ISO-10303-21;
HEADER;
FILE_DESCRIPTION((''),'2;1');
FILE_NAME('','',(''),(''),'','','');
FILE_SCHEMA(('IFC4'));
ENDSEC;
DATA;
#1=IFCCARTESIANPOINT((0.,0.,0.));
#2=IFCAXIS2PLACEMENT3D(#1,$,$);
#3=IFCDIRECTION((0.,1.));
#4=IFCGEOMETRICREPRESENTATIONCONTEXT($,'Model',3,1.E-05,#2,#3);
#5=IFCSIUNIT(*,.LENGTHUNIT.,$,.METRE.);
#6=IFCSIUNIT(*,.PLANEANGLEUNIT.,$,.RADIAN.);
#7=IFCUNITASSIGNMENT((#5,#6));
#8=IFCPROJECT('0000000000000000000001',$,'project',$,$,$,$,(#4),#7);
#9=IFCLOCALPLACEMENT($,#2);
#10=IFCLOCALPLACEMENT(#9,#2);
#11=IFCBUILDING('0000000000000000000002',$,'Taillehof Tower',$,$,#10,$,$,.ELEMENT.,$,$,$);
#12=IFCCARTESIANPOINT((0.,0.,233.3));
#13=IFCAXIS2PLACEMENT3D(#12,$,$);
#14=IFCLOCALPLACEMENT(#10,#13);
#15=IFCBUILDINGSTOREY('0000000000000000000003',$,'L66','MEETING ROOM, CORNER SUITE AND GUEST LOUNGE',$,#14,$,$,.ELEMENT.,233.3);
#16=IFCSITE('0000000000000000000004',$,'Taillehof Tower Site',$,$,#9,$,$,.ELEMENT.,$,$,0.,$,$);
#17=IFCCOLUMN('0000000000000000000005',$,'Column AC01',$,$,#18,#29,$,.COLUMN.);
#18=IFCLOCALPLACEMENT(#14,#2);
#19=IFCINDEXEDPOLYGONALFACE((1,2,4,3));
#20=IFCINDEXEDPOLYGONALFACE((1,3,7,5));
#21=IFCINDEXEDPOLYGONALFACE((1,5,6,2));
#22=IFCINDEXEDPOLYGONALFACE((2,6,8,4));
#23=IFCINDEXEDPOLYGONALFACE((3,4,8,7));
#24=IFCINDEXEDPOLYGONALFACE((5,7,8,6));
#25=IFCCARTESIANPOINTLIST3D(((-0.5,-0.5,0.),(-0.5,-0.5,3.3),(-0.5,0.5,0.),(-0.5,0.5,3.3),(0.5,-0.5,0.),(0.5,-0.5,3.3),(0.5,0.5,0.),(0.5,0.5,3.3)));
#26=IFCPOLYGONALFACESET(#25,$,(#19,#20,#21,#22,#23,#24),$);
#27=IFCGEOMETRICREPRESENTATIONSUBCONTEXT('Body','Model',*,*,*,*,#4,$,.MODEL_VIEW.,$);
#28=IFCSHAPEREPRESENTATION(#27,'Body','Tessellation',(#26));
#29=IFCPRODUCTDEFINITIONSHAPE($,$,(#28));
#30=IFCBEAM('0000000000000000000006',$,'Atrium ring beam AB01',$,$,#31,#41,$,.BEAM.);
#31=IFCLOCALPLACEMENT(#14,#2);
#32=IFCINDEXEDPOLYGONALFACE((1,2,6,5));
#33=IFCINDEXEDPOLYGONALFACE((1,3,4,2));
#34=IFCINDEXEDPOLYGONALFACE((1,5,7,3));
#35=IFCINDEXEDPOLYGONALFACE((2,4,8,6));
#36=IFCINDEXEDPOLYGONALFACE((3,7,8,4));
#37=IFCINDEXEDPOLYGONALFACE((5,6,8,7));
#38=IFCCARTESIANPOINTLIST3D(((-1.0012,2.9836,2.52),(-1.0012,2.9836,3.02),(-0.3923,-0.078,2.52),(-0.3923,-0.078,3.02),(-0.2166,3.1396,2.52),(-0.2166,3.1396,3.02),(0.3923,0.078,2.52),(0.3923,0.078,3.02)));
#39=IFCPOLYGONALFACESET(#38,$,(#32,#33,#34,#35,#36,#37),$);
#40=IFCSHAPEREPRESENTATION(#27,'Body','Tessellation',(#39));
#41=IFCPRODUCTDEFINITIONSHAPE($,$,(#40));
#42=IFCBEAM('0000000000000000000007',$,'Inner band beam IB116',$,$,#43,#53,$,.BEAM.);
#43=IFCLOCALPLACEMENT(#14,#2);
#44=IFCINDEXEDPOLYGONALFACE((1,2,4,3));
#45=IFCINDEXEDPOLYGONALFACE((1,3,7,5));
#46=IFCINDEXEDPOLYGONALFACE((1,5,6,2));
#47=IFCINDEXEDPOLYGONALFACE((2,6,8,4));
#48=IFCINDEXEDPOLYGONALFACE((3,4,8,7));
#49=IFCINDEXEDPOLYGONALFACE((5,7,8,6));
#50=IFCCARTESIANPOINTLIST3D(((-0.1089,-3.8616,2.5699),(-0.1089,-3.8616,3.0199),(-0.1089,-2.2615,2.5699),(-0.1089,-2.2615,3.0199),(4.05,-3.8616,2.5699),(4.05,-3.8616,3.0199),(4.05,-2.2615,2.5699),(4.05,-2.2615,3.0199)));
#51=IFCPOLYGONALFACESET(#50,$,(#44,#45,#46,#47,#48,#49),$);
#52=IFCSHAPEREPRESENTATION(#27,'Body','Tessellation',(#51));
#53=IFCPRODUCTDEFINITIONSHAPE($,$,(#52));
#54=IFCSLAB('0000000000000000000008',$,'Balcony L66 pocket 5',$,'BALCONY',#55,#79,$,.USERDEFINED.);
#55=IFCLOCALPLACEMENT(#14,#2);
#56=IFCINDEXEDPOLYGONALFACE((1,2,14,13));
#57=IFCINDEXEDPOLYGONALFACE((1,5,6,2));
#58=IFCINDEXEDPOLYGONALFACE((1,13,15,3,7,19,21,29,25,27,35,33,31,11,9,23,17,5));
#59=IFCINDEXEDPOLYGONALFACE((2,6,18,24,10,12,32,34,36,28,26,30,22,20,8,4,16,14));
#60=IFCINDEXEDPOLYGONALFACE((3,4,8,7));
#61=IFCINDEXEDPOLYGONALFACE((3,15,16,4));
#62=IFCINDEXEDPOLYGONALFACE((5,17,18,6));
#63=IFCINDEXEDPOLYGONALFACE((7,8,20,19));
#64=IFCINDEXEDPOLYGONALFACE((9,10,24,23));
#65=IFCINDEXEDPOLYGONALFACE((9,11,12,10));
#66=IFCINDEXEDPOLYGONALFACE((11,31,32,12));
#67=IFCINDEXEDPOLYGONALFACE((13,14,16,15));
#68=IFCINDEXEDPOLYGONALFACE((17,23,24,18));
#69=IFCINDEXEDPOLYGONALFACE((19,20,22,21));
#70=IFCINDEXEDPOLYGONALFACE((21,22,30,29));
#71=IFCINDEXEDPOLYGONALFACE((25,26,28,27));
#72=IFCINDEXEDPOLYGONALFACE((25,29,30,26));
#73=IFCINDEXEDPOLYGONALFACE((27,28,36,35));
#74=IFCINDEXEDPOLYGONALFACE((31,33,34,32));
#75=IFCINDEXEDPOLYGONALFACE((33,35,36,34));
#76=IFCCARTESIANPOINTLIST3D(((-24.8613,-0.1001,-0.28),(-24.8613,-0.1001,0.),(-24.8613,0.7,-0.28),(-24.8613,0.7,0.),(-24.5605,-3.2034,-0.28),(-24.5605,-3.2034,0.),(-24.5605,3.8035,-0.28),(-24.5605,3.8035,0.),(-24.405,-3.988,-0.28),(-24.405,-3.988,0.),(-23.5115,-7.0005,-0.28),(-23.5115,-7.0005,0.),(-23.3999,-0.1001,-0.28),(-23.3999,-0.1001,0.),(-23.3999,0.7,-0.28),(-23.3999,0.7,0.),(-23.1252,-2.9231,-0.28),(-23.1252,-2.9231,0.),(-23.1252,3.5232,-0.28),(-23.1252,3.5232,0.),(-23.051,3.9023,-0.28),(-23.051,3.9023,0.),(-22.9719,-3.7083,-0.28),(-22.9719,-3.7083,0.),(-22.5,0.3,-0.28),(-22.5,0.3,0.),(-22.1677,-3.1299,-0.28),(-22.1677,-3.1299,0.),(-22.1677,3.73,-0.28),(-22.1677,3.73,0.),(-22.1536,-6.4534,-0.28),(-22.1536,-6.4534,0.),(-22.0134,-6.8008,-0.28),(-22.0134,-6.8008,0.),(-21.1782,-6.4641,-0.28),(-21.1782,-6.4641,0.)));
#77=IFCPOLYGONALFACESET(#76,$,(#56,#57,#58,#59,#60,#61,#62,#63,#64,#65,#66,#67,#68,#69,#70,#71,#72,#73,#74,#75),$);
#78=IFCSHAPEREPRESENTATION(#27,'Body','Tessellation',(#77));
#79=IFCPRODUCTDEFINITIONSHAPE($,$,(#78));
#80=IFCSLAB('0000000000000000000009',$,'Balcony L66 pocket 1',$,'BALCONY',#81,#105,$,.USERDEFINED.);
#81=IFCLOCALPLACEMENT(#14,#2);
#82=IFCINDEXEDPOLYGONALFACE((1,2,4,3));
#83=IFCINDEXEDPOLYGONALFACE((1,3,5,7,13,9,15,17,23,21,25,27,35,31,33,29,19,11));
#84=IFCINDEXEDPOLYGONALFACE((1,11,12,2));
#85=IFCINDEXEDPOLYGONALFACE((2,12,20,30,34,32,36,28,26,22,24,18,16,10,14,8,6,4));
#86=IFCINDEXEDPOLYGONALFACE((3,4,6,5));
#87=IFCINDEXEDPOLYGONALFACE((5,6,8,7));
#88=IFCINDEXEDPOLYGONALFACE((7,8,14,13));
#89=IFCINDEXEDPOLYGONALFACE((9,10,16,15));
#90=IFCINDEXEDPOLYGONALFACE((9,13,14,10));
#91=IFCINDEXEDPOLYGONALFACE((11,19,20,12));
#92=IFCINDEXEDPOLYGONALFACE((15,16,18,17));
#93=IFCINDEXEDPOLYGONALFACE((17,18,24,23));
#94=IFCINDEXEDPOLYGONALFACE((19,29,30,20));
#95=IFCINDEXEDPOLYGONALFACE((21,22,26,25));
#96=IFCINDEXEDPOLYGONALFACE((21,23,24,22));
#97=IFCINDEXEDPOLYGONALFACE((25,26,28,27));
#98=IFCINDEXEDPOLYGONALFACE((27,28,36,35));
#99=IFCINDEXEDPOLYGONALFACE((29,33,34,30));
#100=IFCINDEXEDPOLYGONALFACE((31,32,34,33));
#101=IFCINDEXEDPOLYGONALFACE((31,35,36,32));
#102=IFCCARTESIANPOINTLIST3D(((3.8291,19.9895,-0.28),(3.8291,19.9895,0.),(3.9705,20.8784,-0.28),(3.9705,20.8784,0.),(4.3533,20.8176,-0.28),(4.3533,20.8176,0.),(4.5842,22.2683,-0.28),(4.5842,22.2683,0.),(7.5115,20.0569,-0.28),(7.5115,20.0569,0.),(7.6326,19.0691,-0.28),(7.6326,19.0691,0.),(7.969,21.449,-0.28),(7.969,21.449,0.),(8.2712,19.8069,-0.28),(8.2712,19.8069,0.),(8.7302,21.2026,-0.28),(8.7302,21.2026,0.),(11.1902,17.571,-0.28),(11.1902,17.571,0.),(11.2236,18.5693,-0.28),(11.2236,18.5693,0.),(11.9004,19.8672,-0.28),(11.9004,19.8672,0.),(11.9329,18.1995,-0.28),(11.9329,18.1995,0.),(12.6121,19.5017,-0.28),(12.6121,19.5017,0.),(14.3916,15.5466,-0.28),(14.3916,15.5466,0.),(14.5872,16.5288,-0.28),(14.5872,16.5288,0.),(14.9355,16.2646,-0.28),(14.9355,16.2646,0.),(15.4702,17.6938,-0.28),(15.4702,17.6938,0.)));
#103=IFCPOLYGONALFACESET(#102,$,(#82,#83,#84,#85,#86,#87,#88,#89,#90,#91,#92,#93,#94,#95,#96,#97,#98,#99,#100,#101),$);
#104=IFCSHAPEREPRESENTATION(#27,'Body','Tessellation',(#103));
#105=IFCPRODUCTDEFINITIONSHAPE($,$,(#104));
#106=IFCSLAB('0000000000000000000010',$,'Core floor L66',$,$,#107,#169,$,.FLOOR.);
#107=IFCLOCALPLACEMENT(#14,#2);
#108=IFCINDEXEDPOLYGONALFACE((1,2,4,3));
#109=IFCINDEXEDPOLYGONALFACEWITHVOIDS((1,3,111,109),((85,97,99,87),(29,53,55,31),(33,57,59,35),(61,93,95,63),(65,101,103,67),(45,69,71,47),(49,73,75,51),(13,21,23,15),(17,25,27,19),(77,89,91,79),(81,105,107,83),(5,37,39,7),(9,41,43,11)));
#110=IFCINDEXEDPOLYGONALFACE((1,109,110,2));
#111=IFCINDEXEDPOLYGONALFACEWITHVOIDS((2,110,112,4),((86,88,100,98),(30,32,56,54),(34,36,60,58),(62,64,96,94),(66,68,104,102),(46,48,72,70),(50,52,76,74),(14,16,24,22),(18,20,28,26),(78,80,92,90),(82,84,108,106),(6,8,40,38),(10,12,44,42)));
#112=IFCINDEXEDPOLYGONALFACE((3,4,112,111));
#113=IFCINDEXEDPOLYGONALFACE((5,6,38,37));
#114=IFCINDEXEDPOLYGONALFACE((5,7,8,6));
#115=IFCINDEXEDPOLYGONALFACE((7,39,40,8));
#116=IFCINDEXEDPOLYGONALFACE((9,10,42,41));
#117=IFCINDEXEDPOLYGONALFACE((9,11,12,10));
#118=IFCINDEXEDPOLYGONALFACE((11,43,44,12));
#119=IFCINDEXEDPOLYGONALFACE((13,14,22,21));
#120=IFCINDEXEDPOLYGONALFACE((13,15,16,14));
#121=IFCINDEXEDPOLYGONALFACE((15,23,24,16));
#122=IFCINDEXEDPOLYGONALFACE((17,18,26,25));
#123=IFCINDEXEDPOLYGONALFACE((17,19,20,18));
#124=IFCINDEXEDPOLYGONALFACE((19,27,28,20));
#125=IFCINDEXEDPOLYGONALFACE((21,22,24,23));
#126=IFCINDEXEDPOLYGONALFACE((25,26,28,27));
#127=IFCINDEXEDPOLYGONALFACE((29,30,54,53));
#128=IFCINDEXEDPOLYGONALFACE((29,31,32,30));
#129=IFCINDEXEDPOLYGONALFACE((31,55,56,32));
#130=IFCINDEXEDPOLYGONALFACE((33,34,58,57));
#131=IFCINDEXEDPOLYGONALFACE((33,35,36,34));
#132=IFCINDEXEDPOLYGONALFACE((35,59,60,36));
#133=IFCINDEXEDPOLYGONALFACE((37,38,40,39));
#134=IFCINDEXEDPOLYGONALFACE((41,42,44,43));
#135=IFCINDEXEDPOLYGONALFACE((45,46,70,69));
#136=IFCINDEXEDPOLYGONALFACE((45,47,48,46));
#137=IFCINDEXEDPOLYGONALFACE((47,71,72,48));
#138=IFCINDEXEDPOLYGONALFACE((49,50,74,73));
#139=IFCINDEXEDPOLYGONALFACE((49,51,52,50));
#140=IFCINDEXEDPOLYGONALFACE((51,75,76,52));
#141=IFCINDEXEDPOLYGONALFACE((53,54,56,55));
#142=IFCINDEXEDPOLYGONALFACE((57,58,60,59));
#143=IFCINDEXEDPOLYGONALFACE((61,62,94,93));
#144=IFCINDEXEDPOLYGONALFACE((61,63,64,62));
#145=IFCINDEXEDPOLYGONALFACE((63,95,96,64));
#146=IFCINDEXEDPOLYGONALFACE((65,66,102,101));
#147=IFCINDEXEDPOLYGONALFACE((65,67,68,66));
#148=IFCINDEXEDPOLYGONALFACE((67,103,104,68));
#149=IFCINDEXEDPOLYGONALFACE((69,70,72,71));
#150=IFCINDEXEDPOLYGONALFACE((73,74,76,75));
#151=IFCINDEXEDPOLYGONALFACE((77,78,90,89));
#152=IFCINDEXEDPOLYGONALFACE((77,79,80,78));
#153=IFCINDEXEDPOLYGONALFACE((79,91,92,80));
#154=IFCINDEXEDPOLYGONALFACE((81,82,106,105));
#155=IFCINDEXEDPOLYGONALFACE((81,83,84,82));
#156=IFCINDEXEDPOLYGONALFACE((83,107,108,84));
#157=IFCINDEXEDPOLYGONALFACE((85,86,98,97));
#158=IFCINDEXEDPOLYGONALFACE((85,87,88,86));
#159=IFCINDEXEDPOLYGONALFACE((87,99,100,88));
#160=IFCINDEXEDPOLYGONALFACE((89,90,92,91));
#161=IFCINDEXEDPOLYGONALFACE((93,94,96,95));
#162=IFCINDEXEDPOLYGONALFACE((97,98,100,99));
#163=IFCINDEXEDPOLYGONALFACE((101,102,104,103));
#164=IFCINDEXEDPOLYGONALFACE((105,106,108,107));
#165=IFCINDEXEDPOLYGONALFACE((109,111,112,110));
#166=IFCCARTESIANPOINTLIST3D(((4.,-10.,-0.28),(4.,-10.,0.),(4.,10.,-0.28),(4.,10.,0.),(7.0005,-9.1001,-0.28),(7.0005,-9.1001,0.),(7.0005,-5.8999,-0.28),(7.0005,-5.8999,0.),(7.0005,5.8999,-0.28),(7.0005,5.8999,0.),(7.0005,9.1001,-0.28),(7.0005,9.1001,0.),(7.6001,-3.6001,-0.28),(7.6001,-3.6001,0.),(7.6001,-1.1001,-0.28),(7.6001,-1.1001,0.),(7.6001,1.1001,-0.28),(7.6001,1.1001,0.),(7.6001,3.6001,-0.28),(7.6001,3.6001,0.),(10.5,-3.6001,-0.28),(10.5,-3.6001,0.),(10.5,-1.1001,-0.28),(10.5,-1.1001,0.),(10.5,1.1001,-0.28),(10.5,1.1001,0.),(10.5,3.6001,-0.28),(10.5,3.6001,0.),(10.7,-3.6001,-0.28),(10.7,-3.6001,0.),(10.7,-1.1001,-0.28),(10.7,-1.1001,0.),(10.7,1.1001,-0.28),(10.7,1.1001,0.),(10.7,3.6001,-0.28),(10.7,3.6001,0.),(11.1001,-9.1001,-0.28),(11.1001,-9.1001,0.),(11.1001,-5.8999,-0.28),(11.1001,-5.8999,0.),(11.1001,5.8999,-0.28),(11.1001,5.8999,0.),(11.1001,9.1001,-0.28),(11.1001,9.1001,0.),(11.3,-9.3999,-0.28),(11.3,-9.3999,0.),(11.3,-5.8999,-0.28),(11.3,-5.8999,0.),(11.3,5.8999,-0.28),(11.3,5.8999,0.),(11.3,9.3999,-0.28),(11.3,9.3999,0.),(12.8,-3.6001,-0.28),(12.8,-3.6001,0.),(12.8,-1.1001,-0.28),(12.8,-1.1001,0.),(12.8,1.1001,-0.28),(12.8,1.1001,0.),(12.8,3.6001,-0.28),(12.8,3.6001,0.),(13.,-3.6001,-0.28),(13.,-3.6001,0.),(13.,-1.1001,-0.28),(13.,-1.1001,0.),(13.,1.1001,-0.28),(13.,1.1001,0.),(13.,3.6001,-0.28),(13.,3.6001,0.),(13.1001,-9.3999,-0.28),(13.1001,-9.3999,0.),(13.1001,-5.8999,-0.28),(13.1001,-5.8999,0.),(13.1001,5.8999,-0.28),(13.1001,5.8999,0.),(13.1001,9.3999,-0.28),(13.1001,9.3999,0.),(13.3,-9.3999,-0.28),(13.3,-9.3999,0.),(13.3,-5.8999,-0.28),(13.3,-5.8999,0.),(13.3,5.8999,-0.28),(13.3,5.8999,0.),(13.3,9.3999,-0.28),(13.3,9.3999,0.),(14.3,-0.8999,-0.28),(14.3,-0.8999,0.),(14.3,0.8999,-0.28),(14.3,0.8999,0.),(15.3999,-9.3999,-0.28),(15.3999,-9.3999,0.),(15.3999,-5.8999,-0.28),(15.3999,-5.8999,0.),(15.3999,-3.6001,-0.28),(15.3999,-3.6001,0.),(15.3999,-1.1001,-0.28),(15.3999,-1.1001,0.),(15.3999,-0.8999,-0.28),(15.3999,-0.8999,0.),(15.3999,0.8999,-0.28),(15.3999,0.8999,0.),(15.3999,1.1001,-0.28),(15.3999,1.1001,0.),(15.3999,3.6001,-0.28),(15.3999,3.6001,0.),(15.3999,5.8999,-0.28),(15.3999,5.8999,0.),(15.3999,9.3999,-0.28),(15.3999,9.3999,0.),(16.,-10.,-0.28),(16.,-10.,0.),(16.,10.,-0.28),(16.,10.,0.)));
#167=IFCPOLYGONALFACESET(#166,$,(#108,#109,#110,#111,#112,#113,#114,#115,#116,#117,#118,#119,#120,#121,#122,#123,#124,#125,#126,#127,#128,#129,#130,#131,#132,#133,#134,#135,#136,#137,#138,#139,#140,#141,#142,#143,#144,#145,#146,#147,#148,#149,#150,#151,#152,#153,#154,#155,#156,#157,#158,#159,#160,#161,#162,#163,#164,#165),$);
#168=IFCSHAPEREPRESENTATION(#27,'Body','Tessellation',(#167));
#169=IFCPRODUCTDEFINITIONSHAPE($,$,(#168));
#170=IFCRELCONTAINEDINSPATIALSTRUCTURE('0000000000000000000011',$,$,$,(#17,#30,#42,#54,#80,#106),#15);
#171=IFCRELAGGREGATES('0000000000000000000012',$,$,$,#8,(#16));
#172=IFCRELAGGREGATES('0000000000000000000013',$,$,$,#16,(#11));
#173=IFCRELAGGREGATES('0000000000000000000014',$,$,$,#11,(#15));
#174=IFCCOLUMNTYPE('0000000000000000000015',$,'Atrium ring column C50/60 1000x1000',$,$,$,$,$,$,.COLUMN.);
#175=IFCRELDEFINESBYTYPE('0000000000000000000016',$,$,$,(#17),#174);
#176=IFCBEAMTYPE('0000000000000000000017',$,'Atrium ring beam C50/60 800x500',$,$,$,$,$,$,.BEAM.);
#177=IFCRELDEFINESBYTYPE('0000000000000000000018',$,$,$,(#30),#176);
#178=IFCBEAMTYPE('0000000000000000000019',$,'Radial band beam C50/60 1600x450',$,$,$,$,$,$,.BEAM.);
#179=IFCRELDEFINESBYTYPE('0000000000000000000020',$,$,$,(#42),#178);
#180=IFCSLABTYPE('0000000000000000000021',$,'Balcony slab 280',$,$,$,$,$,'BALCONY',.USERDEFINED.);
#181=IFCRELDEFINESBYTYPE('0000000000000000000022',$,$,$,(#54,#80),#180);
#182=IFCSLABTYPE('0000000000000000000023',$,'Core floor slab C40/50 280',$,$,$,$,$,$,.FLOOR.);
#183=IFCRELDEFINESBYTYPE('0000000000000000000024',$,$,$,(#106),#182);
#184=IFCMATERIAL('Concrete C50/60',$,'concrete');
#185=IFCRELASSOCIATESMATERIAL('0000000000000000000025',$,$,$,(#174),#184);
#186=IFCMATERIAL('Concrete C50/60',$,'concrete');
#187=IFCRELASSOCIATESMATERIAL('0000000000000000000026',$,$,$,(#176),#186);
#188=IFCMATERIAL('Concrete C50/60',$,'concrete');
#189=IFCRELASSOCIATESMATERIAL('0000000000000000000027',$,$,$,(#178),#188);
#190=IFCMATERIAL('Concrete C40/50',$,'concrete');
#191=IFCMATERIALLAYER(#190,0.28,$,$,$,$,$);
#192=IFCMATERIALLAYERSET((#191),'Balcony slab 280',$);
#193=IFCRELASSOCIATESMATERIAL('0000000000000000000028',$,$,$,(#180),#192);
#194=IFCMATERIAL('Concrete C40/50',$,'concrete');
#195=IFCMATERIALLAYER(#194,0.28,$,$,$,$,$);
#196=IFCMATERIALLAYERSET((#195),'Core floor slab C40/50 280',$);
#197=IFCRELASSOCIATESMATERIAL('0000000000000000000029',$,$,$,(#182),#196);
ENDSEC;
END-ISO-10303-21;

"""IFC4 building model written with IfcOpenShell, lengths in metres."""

from ifc_helpers import new_model, si_unit, direction, frame, origin, origin_with_axes, origin_2d, place, context, subcontext, project, spatial, polyline, rectangle, outline, extrude, material, layer, layer_set, material_profile, profile_set, type_object, element, save


model = new_model("IFC4")

# Units and contexts
model_context = context("Model", 3, precision=1e-05, world=origin(), true_north=direction((0.0, 1.0)))
body_context = subcontext(model_context, "Body", "Model", "MODEL_VIEW")
ifc_project = project(units=[si_unit("LENGTHUNIT", "METRE"), si_unit("PLANEANGLEUNIT", "RADIAN")], contexts=[model_context])

# Site, building, storey
site_placement = place(None, origin())
site = spatial("IfcSite", under=ifc_project, at=site_placement, Name="Taillehof Tower Site", CompositionType="ELEMENT", RefElevation=0.0)
building_placement = place(site_placement, origin())
building = spatial("IfcBuilding", under=site, at=building_placement, Name="Taillehof Tower", CompositionType="ELEMENT")
storey_placement = place(building_placement, frame((0.0, 0.0, 233.3)))
storey = spatial("IfcBuildingStorey", under=building, at=storey_placement, Name="L66", Description="MEETING ROOM, CORNER SUITE AND GUEST LOUNGE", CompositionType="ELEMENT", Elevation=233.3)

# Column
ifc_material_1 = material(Name="Concrete C50/60", Category="concrete")
ifc_material_profile_1 = material_profile(ifc_material_1, rectangle(XDim=1.0, YDim=1.0, at=origin_2d()), Name="RC 1000x1000")
ifc_profile_set_1 = profile_set([ifc_material_profile_1], Name="Concrete C50/60")
column_type = type_object("IfcColumnType", Name="Atrium ring column C50/60 1000x1000", PredefinedType="COLUMN", material=ifc_profile_set_1)
column_placement = place(storey_placement, origin_with_axes())
element("IfcColumn", 1, at=column_placement, inside=storey, type_object=column_type, Name="Column AC01", PredefinedType="COLUMN", context=body_context, shape_type="SweptSolid", body=[
    extrude(rectangle(XDim=1.0, YDim=1.0, at=origin_2d()), origin(), (0.0, 0.0, 1.0), 3.3),
])

# Beams
ifc_material_2 = material(Name="Concrete C50/60", Category="concrete")
ifc_material_profile_2 = material_profile(ifc_material_2, rectangle(XDim=0.8, YDim=0.5, at=origin_2d()), Name="RC 800x500")
ifc_profile_set_2 = profile_set([ifc_material_profile_2], Name="Concrete C50/60")
beam_type_1 = type_object("IfcBeamType", Name="Atrium ring beam C50/60 800x500", PredefinedType="BEAM", material=ifc_profile_set_2)
beam_1_placement = place(storey_placement, frame((0.0, 0.0, 2.77), z_axis=(-0.195063, 0.980791, 0.0), x_axis=(-0.980791, -0.195063, 0.0)))
element("IfcBeam", 2, at=beam_1_placement, inside=storey, type_object=beam_type_1, Name="Atrium ring beam AB01", PredefinedType="BEAM", context=body_context, shape_type="SweptSolid", body=[
    extrude(rectangle(XDim=0.8, YDim=0.5, at=origin_2d()), origin(), (0.0, 0.0, 1.0), 3.1216),
])
ifc_material_3 = material(Name="Concrete C50/60", Category="concrete")
ifc_material_profile_3 = material_profile(ifc_material_3, rectangle(XDim=1.6001, YDim=0.45, at=origin_2d()), Name="RC 1600x450")
ifc_profile_set_3 = profile_set([ifc_material_profile_3], Name="Concrete C50/60")
beam_type_2 = type_object("IfcBeamType", Name="Radial band beam C50/60 1600x450", PredefinedType="BEAM", material=ifc_profile_set_3)
beam_2_placement = place(storey_placement, frame((-0.1089, -3.0615, 2.7949), z_axis=(1.0, 0.0, 0.0), x_axis=(0.0, 1.0, 0.0)))
element("IfcBeam", 3, at=beam_2_placement, inside=storey, type_object=beam_type_2, Name="Inner band beam IB116", PredefinedType="BEAM", context=body_context, shape_type="SweptSolid", body=[
    extrude(rectangle(XDim=1.6001, YDim=0.45, at=origin_2d()), origin(), (0.0, 0.0, 1.0), 4.1589),
])

# Slabs
ifc_material_4 = material(Name="Concrete C40/50", Category="concrete")
ifc_layer_1 = layer(ifc_material_4, 0.28)
ifc_layer_set_1 = layer_set([ifc_layer_1], Name="Balcony slab 280")
slab_type_1 = type_object("IfcSlabType", Name="Balcony slab 280", ElementType="BALCONY", PredefinedType="USERDEFINED", material=ifc_layer_set_1)
slab_1_placement = place(storey_placement, frame((0.0, 0.0, -0.28)))
element("IfcSlab", 4, at=slab_1_placement, inside=storey, type_object=slab_type_1, Name="Balcony L66 pocket 5", ObjectType="BALCONY", PredefinedType="USERDEFINED", context=body_context, shape_type="SweptSolid", body=[
    extrude(outline(polyline([(-21.1782, -6.4641), (-22.0134, -6.8008), (-22.1536, -6.4534), (-23.5115, -7.0005), (-24.405, -3.988), (-22.9719, -3.7083), (-23.1252, -2.9231), (-24.5605, -3.2034), (-24.8613, -0.1001), (-23.3999, -0.1001), (-23.3999, 0.7), (-24.8613, 0.7), (-24.5605, 3.8035), (-23.1252, 3.5232), (-23.051, 3.9023), (-22.1677, 3.73), (-22.5, 0.3), (-22.1677, -3.1299), (-21.1782, -6.4641)])), origin(), (0.0, 0.0, 1.0), 0.28),
])
slab_2_placement = place(storey_placement, frame((0.0, 0.0, -0.28)))
element("IfcSlab", 5, at=slab_2_placement, inside=storey, type_object=slab_type_1, Name="Balcony L66 pocket 1", ObjectType="BALCONY", PredefinedType="USERDEFINED", context=body_context, shape_type="SweptSolid", body=[
    extrude(outline(polyline([(3.8291, 19.9895), (3.9705, 20.8784), (4.3533, 20.8176), (4.5842, 22.2683), (7.969, 21.449), (7.5115, 20.0569), (8.2712, 19.8069), (8.7302, 21.2026), (11.9004, 19.8672), (11.2236, 18.5693), (11.9329, 18.1995), (12.6121, 19.5017), (15.4702, 17.6938), (14.5872, 16.5288), (14.9355, 16.2646), (14.3916, 15.5466), (11.1902, 17.571), (7.6326, 19.0691), (3.8291, 19.9895)])), origin(), (0.0, 0.0, 1.0), 0.28),
])
ifc_material_5 = material(Name="Concrete C40/50", Category="concrete")
ifc_layer_2 = layer(ifc_material_5, 0.28)
ifc_layer_set_2 = layer_set([ifc_layer_2], Name="Core floor slab C40/50 280")
slab_type_2 = type_object("IfcSlabType", Name="Core floor slab C40/50 280", PredefinedType="FLOOR", material=ifc_layer_set_2)
slab_3_placement = place(storey_placement, frame((0.0, 0.0, -0.28)))
element("IfcSlab", 6, at=slab_3_placement, inside=storey, type_object=slab_type_2, Name="Core floor L66", PredefinedType="FLOOR", context=body_context, shape_type="SweptSolid", body=[
    extrude(outline(polyline([(4.0, -10.0), (4.0, 10.0), (16.0, 10.0), (16.0, -10.0), (4.0, -10.0)]), holes=[polyline([(11.1001, -9.1001), (11.1001, -5.8999), (7.0005, -5.8999), (7.0005, -9.1001), (11.1001, -9.1001)]), polyline([(10.5, -3.6001), (10.5, -1.1001), (7.6001, -1.1001), (7.6001, -3.6001), (10.5, -3.6001)]), polyline([(12.8, -3.6001), (12.8, -1.1001), (10.7, -1.1001), (10.7, -3.6001), (12.8, -3.6001)]), polyline([(10.5, 3.6001), (7.6001, 3.6001), (7.6001, 1.1001), (10.5, 1.1001), (10.5, 3.6001)]), polyline([(12.8, 1.1001), (12.8, 3.6001), (10.7, 3.6001), (10.7, 1.1001), (12.8, 1.1001)]), polyline([(11.1001, 5.8999), (11.1001, 9.1001), (7.0005, 9.1001), (7.0005, 5.8999), (11.1001, 5.8999)]), polyline([(13.1001, 9.3999), (11.3, 9.3999), (11.3, 5.8999), (13.1001, 5.8999), (13.1001, 9.3999)]), polyline([(13.1001, -9.3999), (13.1001, -5.8999), (11.3, -5.8999), (11.3, -9.3999), (13.1001, -9.3999)]), polyline([(15.3999, -9.3999), (15.3999, -5.8999), (13.3, -5.8999), (13.3, -9.3999), (15.3999, -9.3999)]), polyline([(15.3999, -3.6001), (15.3999, -1.1001), (13.0, -1.1001), (13.0, -3.6001), (15.3999, -3.6001)]), polyline([(15.3999, -0.8999), (15.3999, 0.8999), (14.3, 0.8999), (14.3, -0.8999), (15.3999, -0.8999)]), polyline([(15.3999, 1.1001), (15.3999, 3.6001), (13.0, 3.6001), (13.0, 1.1001), (15.3999, 1.1001)]), polyline([(15.3999, 5.8999), (15.3999, 9.3999), (13.3, 9.3999), (13.3, 5.8999), (15.3999, 5.8999)])]), origin(), (0.0, 0.0, 1.0), 0.28),
])

save(model, "model.ifc")
